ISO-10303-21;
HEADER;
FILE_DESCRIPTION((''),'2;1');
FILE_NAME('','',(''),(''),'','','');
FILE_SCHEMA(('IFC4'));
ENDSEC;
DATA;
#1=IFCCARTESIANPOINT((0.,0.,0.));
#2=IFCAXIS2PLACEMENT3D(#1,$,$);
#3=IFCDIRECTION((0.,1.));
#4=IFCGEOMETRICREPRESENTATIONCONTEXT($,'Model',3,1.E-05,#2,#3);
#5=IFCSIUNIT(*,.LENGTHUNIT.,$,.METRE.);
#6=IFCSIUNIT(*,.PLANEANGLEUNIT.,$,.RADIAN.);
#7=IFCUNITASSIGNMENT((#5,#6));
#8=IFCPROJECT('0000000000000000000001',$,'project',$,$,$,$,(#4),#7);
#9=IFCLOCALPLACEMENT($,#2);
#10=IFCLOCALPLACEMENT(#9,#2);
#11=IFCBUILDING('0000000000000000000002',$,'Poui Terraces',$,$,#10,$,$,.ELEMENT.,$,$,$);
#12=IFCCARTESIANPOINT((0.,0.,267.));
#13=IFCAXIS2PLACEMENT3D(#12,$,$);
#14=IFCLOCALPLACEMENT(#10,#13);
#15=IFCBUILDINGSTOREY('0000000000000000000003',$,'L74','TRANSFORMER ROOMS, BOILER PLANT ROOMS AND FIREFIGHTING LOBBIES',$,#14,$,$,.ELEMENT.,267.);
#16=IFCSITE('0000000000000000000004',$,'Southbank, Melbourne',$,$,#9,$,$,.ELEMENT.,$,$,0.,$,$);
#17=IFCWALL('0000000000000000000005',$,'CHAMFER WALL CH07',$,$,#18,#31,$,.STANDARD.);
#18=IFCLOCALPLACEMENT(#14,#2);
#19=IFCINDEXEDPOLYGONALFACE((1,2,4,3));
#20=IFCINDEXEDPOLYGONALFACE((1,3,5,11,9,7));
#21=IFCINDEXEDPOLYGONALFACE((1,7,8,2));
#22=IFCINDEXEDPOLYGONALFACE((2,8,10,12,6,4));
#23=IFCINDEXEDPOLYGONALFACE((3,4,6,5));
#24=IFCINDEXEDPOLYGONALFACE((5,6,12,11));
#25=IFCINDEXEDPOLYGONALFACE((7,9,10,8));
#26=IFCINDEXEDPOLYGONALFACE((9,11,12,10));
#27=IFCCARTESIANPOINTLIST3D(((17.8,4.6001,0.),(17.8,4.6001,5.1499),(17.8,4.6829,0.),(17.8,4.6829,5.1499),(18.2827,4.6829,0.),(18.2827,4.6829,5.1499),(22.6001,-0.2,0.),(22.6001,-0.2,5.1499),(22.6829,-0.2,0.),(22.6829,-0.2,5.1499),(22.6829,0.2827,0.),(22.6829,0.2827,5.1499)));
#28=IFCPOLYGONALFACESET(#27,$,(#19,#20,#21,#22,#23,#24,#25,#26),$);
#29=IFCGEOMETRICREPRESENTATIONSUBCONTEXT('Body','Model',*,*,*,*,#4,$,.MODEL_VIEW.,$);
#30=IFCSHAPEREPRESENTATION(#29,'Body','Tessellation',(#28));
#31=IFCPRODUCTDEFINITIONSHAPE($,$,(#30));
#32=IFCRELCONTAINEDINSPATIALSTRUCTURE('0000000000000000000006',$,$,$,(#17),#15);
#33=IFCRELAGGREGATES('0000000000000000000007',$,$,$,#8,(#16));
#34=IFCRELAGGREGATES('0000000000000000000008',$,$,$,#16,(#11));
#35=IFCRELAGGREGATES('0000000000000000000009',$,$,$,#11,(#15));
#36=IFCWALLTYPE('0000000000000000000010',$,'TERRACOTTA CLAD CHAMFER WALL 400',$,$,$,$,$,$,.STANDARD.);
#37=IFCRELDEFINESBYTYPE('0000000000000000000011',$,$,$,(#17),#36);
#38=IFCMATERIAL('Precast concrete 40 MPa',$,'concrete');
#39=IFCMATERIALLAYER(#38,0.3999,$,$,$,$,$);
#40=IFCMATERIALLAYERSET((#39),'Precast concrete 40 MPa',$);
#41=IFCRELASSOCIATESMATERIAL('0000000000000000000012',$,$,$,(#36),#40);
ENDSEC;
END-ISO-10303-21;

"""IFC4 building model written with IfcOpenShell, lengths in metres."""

from ifc_helpers import new_model, si_unit, direction, frame, origin, place, context, subcontext, project, spatial, polyline, outline, extrude, material, layer, layer_set, type_object, element, save


model = new_model("IFC4")

# Units and contexts
model_context = context("Model", 3, precision=1e-05, world=origin(), true_north=direction((0.0, 1.0)))
body_context = subcontext(model_context, "Body", "Model", "MODEL_VIEW")
ifc_project = project(units=[si_unit("LENGTHUNIT", "METRE"), si_unit("PLANEANGLEUNIT", "RADIAN")], contexts=[model_context])

# Site, building, storey
site_placement = place(None, origin())
site = spatial("IfcSite", under=ifc_project, at=site_placement, Name="Southbank, Melbourne", CompositionType="ELEMENT", RefElevation=0.0)
building_placement = place(site_placement, origin())
building = spatial("IfcBuilding", under=site, at=building_placement, Name="Poui Terraces", CompositionType="ELEMENT")
storey_placement = place(building_placement, frame((0.0, 0.0, 267.0)))
storey = spatial("IfcBuildingStorey", under=building, at=storey_placement, Name="L74", Description="TRANSFORMER ROOMS, BOILER PLANT ROOMS AND FIREFIGHTING LOBBIES", CompositionType="ELEMENT", Elevation=267.0)

# Wall
ifc_material_1 = material(Name="Precast concrete 40 MPa", Category="concrete")
ifc_layer_1 = layer(ifc_material_1, 0.3999)
ifc_layer_set_1 = layer_set([ifc_layer_1], Name="Precast concrete 40 MPa")
wall_type_1 = type_object("IfcWallType", Name="TERRACOTTA CLAD CHAMFER WALL 400", PredefinedType="STANDARD", material=ifc_layer_set_1)
wall_1_placement = place(storey_placement, origin())
element("IfcWall", 1, at=wall_1_placement, inside=storey, type_object=wall_type_1, Name="CHAMFER WALL CH07", PredefinedType="STANDARD", context=body_context, shape_type="SweptSolid", body=[
    extrude(outline(polyline([(17.8, 4.6829), (17.8, 4.6001), (22.6001, -0.2), (22.6829, -0.2), (22.6829, 0.2827), (18.2827, 4.6829), (17.8, 4.6829)])), origin(), (0.0, 0.0, 1.0), 5.1499),
])

save(model, "model.ifc")
